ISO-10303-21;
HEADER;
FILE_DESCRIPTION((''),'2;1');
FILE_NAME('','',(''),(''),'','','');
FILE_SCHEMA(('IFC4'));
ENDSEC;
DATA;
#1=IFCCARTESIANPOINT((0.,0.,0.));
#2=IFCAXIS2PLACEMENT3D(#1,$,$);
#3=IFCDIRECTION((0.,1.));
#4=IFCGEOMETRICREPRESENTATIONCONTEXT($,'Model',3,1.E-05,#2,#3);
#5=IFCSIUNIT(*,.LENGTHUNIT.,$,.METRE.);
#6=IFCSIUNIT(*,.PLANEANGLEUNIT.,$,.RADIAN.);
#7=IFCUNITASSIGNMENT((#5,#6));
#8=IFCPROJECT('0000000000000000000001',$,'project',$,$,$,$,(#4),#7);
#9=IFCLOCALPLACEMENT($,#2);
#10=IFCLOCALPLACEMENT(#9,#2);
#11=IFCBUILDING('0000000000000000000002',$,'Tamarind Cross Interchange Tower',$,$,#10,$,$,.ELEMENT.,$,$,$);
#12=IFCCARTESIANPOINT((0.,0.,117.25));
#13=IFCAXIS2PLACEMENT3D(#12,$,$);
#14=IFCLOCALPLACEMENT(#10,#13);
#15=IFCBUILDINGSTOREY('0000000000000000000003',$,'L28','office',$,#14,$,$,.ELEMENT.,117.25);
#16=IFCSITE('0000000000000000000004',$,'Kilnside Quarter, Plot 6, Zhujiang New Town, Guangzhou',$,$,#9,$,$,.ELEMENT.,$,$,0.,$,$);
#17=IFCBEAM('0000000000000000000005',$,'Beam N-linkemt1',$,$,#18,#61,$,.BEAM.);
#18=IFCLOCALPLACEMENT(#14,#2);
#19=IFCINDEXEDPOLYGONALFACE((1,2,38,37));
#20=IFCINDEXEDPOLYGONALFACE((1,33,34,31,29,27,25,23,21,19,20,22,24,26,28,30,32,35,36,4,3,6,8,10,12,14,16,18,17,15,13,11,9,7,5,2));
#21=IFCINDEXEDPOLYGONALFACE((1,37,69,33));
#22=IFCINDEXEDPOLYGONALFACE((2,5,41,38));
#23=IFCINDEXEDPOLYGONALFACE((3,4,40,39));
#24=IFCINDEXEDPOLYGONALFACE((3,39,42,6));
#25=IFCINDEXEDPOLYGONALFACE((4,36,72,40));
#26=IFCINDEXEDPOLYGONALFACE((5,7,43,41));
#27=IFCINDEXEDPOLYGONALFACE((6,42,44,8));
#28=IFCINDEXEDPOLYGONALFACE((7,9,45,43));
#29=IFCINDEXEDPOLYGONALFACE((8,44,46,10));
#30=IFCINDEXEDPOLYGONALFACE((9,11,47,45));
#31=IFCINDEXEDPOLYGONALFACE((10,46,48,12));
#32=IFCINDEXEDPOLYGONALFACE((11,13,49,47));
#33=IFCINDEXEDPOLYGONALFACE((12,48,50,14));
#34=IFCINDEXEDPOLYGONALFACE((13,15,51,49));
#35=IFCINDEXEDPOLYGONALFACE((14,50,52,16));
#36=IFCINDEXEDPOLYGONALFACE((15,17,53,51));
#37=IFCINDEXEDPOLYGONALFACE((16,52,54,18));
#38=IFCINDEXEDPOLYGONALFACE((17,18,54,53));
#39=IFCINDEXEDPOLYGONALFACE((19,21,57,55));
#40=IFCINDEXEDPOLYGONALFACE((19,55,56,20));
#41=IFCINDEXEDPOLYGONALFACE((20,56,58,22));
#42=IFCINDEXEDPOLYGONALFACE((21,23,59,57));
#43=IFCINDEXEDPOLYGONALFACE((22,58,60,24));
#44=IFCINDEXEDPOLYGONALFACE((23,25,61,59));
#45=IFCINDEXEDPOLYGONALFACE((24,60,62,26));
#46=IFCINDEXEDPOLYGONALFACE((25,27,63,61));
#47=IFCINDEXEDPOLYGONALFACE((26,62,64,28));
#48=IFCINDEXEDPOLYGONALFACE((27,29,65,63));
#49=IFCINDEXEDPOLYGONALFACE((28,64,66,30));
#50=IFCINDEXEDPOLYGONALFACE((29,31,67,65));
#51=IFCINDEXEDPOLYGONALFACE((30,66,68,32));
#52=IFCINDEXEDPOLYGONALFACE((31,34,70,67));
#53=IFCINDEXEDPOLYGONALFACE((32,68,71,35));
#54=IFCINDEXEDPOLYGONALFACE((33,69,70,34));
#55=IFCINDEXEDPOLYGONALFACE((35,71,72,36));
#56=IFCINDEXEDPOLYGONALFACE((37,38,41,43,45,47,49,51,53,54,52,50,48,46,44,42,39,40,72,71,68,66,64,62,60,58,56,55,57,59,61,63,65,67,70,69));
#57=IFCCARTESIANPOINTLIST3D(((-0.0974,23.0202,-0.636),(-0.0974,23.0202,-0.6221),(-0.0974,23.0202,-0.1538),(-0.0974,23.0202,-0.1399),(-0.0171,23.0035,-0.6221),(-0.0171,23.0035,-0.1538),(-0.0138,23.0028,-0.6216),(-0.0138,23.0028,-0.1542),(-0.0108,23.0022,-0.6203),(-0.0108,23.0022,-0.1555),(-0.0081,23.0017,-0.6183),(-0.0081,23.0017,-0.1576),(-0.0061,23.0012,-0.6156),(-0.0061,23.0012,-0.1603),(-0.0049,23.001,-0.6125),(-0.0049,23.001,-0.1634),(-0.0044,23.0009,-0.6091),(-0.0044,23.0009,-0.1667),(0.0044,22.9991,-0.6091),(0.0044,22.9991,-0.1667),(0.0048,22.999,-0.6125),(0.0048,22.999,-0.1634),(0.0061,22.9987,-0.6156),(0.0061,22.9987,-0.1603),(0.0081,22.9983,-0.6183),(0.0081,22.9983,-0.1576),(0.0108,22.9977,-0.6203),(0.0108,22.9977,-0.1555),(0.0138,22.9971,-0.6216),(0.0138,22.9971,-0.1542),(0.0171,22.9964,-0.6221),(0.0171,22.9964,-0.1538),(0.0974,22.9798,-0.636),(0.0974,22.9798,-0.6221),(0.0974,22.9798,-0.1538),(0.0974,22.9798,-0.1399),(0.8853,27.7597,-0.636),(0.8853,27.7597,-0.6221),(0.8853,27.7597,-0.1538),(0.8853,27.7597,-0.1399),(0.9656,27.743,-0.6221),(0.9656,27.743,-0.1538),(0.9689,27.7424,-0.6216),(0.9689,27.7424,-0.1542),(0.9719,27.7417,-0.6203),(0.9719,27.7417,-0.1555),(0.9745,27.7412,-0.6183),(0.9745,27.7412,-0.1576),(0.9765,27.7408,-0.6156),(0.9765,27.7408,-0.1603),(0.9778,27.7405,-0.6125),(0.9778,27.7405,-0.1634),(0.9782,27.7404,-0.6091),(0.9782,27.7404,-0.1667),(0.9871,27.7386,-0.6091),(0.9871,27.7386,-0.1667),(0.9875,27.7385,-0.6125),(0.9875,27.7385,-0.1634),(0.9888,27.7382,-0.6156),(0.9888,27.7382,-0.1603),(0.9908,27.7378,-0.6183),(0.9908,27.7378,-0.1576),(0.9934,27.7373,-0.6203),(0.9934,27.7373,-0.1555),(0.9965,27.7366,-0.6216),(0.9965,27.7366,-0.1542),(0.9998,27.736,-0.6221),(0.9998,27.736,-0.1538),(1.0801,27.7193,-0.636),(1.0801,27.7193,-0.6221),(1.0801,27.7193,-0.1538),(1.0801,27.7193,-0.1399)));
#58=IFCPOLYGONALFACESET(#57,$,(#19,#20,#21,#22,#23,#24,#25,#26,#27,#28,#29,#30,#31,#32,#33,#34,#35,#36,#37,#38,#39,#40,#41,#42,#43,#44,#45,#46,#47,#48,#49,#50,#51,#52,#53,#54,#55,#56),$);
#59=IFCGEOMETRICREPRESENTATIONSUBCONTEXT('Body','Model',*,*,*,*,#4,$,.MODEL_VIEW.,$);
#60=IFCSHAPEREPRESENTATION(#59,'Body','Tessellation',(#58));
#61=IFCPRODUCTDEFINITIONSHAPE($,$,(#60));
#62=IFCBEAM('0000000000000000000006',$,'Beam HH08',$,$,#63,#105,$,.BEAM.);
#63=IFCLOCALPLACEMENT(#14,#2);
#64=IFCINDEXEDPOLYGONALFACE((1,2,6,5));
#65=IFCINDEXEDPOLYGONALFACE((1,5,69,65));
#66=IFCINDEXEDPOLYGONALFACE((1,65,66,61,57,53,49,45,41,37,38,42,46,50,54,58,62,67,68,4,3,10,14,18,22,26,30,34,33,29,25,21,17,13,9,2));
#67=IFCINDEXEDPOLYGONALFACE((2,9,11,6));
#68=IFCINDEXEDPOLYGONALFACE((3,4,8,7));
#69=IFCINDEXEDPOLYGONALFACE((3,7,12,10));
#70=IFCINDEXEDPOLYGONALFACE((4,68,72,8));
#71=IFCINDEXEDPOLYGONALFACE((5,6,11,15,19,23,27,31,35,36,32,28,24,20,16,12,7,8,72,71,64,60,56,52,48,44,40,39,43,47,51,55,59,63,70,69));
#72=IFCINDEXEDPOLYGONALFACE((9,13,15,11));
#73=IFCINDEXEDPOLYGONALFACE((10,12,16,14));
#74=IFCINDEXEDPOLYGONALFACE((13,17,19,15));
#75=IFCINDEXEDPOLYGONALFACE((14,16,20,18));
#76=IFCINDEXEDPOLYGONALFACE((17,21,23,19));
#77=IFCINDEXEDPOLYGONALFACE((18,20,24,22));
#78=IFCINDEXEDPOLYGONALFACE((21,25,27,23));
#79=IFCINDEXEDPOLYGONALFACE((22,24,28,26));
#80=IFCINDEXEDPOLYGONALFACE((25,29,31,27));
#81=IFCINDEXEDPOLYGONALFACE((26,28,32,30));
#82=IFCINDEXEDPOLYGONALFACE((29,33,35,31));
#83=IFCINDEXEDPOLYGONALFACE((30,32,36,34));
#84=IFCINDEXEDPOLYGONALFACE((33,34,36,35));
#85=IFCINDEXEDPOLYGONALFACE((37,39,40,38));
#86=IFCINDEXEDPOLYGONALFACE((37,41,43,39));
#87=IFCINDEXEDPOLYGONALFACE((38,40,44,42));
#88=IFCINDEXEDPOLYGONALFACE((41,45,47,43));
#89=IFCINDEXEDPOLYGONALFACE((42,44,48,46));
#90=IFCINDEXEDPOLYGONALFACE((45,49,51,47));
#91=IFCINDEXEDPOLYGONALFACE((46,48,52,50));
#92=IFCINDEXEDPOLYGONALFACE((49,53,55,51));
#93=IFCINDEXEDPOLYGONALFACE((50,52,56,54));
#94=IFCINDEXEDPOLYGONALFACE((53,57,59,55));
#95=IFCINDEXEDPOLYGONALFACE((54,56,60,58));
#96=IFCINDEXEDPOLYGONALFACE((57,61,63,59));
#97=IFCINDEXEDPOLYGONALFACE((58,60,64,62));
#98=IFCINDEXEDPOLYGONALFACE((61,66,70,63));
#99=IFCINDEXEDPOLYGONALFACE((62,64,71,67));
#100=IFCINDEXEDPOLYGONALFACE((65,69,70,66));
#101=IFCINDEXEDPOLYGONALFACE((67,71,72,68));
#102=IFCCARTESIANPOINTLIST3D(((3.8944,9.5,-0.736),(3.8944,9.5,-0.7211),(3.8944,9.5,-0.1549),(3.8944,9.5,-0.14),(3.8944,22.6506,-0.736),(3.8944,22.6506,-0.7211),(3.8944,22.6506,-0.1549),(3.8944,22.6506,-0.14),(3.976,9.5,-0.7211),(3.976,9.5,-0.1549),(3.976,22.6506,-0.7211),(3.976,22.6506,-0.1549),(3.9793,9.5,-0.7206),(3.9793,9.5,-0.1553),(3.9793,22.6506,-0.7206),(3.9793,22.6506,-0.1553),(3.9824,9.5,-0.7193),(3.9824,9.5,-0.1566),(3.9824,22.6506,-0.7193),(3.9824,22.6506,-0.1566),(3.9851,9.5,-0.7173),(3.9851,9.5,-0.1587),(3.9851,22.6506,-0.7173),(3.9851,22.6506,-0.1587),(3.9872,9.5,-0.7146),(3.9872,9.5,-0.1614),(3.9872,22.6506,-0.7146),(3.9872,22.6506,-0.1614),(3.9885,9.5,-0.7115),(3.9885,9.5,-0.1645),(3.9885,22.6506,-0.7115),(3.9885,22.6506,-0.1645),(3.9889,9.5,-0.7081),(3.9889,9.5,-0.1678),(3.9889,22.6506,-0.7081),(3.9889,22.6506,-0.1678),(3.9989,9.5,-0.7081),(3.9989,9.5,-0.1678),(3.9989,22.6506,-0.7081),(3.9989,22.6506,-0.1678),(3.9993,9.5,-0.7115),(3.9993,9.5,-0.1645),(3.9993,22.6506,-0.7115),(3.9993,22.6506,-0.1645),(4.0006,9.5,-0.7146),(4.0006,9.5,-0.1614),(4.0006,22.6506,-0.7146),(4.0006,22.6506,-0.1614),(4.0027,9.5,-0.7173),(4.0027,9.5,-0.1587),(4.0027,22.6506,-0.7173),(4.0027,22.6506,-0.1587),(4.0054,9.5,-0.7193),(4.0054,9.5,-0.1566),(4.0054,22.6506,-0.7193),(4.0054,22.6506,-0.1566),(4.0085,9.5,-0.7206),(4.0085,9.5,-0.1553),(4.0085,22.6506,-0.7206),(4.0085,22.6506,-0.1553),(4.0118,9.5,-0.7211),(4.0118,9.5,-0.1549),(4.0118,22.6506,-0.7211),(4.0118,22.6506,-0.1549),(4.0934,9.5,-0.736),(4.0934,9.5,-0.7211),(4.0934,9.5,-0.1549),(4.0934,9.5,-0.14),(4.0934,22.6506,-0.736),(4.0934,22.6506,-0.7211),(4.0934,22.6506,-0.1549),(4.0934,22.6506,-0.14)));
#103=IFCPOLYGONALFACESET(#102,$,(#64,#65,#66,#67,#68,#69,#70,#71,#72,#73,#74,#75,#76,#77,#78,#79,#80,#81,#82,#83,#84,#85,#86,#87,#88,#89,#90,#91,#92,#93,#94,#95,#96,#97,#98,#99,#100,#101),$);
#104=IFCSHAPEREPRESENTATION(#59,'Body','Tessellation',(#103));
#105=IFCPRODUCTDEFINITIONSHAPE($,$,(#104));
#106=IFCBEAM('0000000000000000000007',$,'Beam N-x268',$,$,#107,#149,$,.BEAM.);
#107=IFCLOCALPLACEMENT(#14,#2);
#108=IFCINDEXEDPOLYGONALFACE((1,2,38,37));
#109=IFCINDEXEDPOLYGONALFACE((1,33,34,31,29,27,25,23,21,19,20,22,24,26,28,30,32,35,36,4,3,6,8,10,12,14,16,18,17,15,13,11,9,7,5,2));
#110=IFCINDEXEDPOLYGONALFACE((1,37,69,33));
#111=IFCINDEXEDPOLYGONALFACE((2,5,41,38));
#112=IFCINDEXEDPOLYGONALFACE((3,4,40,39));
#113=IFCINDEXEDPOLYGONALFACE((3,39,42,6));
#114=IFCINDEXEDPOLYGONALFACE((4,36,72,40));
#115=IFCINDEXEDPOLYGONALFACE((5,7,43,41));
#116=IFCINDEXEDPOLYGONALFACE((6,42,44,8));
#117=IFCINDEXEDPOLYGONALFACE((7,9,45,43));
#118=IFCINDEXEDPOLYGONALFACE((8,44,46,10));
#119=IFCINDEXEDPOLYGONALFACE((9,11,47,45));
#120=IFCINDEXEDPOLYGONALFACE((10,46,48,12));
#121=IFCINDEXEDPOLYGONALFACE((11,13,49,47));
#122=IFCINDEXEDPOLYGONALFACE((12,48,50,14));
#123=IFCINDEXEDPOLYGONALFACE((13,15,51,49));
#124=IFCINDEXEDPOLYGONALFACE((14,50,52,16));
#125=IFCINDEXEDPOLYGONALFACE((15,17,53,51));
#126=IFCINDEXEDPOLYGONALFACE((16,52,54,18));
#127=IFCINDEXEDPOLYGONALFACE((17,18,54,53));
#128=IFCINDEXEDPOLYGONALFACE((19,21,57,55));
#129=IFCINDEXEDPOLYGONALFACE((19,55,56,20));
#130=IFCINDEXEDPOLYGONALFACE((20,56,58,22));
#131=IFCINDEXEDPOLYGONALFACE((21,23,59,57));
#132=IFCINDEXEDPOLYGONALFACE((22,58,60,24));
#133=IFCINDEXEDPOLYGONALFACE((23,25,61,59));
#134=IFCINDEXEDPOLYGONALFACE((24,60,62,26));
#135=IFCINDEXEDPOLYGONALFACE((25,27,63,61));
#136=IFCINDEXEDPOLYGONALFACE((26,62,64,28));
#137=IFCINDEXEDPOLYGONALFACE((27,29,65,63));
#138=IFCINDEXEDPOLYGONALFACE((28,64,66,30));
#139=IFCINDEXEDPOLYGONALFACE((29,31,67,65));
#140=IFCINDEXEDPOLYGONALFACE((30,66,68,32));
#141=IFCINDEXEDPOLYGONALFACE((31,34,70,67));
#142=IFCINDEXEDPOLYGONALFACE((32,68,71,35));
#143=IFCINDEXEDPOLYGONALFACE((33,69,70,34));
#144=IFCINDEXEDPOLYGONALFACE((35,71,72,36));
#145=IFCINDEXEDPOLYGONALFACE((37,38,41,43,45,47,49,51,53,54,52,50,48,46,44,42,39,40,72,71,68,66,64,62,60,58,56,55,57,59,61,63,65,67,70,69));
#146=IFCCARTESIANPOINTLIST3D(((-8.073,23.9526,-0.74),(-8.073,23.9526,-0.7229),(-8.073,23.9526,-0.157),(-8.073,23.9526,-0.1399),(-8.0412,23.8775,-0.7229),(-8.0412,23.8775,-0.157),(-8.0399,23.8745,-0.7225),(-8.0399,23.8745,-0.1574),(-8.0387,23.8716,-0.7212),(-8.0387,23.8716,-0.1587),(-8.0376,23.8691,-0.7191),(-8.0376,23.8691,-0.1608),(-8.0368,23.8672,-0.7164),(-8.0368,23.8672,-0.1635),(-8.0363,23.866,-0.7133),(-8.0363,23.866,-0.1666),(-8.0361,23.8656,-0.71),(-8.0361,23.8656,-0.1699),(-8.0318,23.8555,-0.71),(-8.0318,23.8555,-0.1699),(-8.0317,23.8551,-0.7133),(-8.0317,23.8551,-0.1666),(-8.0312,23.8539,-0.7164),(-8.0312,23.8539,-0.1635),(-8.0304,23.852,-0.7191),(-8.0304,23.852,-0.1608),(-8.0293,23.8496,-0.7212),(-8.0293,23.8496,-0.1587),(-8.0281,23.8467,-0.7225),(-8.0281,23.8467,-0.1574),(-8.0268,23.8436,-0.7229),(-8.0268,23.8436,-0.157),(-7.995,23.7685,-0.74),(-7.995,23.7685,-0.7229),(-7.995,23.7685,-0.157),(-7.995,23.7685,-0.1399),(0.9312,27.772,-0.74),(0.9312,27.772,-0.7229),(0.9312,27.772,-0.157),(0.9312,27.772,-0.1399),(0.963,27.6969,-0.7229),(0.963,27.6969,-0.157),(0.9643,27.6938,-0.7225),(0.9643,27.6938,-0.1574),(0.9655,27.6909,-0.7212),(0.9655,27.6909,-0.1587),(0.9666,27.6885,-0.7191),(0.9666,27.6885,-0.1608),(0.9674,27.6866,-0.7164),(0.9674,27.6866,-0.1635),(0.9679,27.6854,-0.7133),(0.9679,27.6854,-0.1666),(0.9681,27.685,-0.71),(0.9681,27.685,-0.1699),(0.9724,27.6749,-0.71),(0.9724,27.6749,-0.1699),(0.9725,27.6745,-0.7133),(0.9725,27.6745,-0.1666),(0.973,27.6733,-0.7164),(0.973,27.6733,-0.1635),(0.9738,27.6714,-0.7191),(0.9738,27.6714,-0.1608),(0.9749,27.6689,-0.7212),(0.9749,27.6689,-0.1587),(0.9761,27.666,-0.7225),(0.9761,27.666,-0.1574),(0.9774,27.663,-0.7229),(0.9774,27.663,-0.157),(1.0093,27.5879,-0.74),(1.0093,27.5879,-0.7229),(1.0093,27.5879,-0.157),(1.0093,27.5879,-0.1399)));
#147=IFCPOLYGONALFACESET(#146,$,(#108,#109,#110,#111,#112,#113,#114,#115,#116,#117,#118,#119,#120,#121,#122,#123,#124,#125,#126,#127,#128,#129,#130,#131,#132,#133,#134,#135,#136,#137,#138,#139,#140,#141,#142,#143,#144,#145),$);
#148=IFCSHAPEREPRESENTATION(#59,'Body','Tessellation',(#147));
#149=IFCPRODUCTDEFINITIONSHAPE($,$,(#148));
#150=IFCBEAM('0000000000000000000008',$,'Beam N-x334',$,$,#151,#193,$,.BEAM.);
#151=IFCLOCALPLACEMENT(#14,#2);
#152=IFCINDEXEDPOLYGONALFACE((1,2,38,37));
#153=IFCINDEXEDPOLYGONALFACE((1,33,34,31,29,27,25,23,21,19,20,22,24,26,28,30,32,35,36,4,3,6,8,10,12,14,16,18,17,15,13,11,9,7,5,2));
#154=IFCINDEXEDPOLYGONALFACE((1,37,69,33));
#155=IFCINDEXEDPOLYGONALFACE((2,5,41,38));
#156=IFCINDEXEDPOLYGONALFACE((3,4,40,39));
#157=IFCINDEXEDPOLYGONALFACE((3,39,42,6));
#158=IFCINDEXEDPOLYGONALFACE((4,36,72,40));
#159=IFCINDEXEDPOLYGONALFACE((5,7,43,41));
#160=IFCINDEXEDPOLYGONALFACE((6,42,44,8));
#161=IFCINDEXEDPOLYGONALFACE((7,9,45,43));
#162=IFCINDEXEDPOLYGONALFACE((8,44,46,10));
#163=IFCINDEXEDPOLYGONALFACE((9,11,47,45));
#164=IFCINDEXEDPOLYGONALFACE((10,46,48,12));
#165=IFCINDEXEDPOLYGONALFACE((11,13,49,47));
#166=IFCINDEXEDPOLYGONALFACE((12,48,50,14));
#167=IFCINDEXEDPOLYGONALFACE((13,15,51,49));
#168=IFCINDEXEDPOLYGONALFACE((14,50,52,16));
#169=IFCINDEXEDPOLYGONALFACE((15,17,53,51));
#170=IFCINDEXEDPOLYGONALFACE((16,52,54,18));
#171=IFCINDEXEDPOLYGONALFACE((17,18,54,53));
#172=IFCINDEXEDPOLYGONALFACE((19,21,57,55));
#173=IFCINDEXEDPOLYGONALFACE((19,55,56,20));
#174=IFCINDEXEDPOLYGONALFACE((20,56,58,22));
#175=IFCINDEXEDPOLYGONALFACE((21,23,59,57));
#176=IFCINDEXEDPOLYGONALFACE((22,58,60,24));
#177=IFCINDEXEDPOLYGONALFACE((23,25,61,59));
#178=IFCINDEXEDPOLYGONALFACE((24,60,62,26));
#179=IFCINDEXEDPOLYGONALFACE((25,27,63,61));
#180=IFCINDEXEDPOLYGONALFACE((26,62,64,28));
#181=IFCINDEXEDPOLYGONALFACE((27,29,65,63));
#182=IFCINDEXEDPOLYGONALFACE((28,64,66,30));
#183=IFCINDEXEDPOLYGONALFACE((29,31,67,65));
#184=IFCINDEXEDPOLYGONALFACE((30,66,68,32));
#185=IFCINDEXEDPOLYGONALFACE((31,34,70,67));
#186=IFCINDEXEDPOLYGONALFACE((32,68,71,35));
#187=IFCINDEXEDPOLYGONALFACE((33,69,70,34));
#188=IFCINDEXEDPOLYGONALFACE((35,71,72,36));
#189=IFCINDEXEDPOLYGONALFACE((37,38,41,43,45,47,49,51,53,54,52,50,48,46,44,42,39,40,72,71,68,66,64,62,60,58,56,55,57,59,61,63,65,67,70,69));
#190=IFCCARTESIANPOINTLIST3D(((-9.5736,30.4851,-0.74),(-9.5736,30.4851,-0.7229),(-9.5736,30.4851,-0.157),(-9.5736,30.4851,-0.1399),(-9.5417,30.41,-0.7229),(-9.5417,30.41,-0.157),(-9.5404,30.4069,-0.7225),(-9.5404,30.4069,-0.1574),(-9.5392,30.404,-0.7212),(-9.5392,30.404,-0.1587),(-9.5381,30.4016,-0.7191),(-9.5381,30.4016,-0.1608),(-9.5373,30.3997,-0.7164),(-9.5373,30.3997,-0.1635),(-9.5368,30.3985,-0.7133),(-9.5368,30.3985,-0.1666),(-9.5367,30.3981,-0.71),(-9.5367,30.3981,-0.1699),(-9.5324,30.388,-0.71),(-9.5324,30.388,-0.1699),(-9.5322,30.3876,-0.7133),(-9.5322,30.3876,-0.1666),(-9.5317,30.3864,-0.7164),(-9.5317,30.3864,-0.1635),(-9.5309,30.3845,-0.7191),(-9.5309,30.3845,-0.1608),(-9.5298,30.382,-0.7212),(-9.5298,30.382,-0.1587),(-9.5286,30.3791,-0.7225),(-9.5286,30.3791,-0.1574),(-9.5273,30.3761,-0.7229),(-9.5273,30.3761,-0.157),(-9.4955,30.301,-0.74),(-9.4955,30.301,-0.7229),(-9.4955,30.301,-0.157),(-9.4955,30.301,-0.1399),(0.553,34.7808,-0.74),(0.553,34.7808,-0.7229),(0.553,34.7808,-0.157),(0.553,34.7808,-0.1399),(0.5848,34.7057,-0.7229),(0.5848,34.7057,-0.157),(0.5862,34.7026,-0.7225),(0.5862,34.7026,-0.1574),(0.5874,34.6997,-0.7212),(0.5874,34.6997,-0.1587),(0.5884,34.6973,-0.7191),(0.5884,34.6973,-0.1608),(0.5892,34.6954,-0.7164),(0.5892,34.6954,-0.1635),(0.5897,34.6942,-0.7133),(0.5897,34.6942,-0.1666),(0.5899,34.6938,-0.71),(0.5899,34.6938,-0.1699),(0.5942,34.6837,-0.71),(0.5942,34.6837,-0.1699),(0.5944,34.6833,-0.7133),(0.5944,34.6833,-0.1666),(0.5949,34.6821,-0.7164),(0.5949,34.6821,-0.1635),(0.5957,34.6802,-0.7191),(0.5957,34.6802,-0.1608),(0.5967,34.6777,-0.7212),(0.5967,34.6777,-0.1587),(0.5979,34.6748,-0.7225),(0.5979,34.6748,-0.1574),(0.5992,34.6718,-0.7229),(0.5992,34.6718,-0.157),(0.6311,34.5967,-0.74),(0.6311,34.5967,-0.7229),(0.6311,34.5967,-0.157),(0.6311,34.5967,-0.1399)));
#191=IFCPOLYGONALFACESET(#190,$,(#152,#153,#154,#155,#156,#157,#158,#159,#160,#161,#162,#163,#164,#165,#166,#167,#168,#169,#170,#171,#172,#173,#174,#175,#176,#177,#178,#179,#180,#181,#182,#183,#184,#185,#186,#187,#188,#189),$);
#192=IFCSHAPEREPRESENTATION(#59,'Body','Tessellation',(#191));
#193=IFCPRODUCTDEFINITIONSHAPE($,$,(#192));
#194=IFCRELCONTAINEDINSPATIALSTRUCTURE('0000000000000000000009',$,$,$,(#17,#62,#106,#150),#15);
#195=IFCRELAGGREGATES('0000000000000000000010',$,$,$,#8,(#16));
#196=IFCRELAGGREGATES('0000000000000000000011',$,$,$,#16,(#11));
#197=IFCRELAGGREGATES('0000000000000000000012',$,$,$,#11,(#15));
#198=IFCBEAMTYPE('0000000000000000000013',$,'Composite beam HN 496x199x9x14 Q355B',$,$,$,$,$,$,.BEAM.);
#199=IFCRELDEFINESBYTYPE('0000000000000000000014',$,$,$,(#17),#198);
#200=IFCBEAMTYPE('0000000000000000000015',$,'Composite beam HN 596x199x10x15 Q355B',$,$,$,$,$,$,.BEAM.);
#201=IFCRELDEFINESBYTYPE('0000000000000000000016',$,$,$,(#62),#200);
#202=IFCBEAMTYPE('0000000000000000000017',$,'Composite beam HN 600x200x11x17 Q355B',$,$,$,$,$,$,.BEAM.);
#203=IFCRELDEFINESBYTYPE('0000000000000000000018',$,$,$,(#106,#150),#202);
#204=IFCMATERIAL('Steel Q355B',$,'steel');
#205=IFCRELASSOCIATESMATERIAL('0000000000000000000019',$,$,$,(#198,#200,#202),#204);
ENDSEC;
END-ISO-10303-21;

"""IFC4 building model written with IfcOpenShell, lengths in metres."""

from ifc_helpers import new_model, si_unit, direction, frame, origin, origin_2d, place, context, subcontext, project, spatial, i_section, extrude, material, material_profile, profile_set, type_object, element, save


model = new_model("IFC4")

# Units and contexts
model_context = context("Model", 3, precision=1e-05, world=origin(), true_north=direction((0.0, 1.0)))
body_context = subcontext(model_context, "Body", "Model", "MODEL_VIEW")
ifc_project = project(units=[si_unit("LENGTHUNIT", "METRE"), si_unit("PLANEANGLEUNIT", "RADIAN")], contexts=[model_context])

# Site, building, storey
site_placement = place(None, origin())
site = spatial("IfcSite", under=ifc_project, at=site_placement, Name="Kilnside Quarter, Plot 6, Zhujiang New Town, Guangzhou", CompositionType="ELEMENT", RefElevation=0.0)
building_placement = place(site_placement, origin())
building = spatial("IfcBuilding", under=site, at=building_placement, Name="Tamarind Cross Interchange Tower", CompositionType="ELEMENT")
storey_placement = place(building_placement, frame((0.0, 0.0, 117.25)))
storey = spatial("IfcBuildingStorey", under=building, at=storey_placement, Name="L28", Description="office", CompositionType="ELEMENT", Elevation=117.25)

# Beams
ifc_material_1 = material(Name="Steel Q355B", Category="steel")
ifc_material_profile_1 = material_profile(ifc_material_1, i_section(OverallWidth=0.199, OverallDepth=0.4961, WebThickness=0.009, FlangeThickness=0.0139, FilletRadius=0.0129, at=origin_2d()), Name="HN 496x199x9x14")
ifc_profile_set_1 = profile_set([ifc_material_profile_1], Name="Steel Q355B")
beam_type_1 = type_object("IfcBeamType", Name="Composite beam HN 496x199x9x14 Q355B", PredefinedType="BEAM", material=ifc_profile_set_1)
beam_1_placement = place(storey_placement, frame((0.9827, 27.7395, -0.3879), z_axis=(-0.203018, -0.979175, 0.0), x_axis=(0.979175, -0.203018, 0.0)))
element("IfcBeam", 1, at=beam_1_placement, inside=storey, type_object=beam_type_1, Name="Beam N-linkemt1", PredefinedType="BEAM", context=body_context, shape_type="SweptSolid", body=[
    extrude(i_section(OverallWidth=0.199, OverallDepth=0.4961, WebThickness=0.009, FlangeThickness=0.0139, FilletRadius=0.0129, at=origin_2d()), origin(), (0.0, 0.0, 1.0), 4.8403),
])
ifc_material_profile_2 = material_profile(ifc_material_1, i_section(OverallWidth=0.199, OverallDepth=0.5959, WebThickness=0.01, FlangeThickness=0.0149, FilletRadius=0.0129, at=origin_2d()), Name="HN 596x199x10x15")
ifc_profile_set_2 = profile_set([ifc_material_profile_2], Name="Steel Q355B")
beam_type_2 = type_object("IfcBeamType", Name="Composite beam HN 596x199x10x15 Q355B", PredefinedType="BEAM", material=ifc_profile_set_2)
beam_2_placement = place(storey_placement, frame((3.9939, 22.6506, -0.438), z_axis=(0.0, -1.0, 0.0), x_axis=(1.0, 0.0, 0.0)))
element("IfcBeam", 2, at=beam_2_placement, inside=storey, type_object=beam_type_2, Name="Beam HH08", PredefinedType="BEAM", context=body_context, shape_type="SweptSolid", body=[
    extrude(i_section(OverallWidth=0.199, OverallDepth=0.5959, WebThickness=0.01, FlangeThickness=0.0149, FilletRadius=0.0129, at=origin_2d()), origin(), (0.0, 0.0, 1.0), 13.1506),
])
ifc_material_profile_3 = material_profile(ifc_material_1, i_section(OverallWidth=0.2, OverallDepth=0.6001, WebThickness=0.011, FlangeThickness=0.0171, FilletRadius=0.0129, at=origin_2d()), Name="HN 600x200x11x17")
ifc_profile_set_3 = profile_set([ifc_material_profile_3], Name="Steel Q355B")
beam_type_3 = type_object("IfcBeamType", Name="Composite beam HN 600x200x11x17 Q355B", PredefinedType="BEAM", material=ifc_profile_set_3)
beam_3_placement = place(storey_placement, frame((0.9702, 27.6799, -0.4399), z_axis=(-0.920604, -0.390497, 0.0), x_axis=(0.390497, -0.920604, 0.0)))
element("IfcBeam", 3, at=beam_3_placement, inside=storey, type_object=beam_type_3, Name="Beam N-x268", PredefinedType="BEAM", context=body_context, shape_type="SweptSolid", body=[
    extrude(i_section(OverallWidth=0.2, OverallDepth=0.6001, WebThickness=0.011, FlangeThickness=0.0171, FilletRadius=0.0129, at=origin_2d()), origin(), (0.0, 0.0, 1.0), 9.7808),
])
for number, where, z_axis, x_axis, name in (
    (4, (0.592, 34.6887, -0.4399), (-0.920596, -0.390517, 0.0), (0.390517, -0.920596, 0.0), "Beam N-x334"),
):
    element("IfcBeam", number, at=place(storey_placement, frame(where, z_axis=z_axis, x_axis=x_axis)), inside=storey, type_object=beam_type_3, Name=name, PredefinedType="BEAM", context=body_context, shape_type="SweptSolid", body=[
        extrude(i_section(OverallWidth=0.2, OverallDepth=0.6001, WebThickness=0.011, FlangeThickness=0.0171, FilletRadius=0.0129, at=origin_2d()), origin(), (0.0, 0.0, 1.0), 11.0),
    ])

save(model, "model.ifc")
